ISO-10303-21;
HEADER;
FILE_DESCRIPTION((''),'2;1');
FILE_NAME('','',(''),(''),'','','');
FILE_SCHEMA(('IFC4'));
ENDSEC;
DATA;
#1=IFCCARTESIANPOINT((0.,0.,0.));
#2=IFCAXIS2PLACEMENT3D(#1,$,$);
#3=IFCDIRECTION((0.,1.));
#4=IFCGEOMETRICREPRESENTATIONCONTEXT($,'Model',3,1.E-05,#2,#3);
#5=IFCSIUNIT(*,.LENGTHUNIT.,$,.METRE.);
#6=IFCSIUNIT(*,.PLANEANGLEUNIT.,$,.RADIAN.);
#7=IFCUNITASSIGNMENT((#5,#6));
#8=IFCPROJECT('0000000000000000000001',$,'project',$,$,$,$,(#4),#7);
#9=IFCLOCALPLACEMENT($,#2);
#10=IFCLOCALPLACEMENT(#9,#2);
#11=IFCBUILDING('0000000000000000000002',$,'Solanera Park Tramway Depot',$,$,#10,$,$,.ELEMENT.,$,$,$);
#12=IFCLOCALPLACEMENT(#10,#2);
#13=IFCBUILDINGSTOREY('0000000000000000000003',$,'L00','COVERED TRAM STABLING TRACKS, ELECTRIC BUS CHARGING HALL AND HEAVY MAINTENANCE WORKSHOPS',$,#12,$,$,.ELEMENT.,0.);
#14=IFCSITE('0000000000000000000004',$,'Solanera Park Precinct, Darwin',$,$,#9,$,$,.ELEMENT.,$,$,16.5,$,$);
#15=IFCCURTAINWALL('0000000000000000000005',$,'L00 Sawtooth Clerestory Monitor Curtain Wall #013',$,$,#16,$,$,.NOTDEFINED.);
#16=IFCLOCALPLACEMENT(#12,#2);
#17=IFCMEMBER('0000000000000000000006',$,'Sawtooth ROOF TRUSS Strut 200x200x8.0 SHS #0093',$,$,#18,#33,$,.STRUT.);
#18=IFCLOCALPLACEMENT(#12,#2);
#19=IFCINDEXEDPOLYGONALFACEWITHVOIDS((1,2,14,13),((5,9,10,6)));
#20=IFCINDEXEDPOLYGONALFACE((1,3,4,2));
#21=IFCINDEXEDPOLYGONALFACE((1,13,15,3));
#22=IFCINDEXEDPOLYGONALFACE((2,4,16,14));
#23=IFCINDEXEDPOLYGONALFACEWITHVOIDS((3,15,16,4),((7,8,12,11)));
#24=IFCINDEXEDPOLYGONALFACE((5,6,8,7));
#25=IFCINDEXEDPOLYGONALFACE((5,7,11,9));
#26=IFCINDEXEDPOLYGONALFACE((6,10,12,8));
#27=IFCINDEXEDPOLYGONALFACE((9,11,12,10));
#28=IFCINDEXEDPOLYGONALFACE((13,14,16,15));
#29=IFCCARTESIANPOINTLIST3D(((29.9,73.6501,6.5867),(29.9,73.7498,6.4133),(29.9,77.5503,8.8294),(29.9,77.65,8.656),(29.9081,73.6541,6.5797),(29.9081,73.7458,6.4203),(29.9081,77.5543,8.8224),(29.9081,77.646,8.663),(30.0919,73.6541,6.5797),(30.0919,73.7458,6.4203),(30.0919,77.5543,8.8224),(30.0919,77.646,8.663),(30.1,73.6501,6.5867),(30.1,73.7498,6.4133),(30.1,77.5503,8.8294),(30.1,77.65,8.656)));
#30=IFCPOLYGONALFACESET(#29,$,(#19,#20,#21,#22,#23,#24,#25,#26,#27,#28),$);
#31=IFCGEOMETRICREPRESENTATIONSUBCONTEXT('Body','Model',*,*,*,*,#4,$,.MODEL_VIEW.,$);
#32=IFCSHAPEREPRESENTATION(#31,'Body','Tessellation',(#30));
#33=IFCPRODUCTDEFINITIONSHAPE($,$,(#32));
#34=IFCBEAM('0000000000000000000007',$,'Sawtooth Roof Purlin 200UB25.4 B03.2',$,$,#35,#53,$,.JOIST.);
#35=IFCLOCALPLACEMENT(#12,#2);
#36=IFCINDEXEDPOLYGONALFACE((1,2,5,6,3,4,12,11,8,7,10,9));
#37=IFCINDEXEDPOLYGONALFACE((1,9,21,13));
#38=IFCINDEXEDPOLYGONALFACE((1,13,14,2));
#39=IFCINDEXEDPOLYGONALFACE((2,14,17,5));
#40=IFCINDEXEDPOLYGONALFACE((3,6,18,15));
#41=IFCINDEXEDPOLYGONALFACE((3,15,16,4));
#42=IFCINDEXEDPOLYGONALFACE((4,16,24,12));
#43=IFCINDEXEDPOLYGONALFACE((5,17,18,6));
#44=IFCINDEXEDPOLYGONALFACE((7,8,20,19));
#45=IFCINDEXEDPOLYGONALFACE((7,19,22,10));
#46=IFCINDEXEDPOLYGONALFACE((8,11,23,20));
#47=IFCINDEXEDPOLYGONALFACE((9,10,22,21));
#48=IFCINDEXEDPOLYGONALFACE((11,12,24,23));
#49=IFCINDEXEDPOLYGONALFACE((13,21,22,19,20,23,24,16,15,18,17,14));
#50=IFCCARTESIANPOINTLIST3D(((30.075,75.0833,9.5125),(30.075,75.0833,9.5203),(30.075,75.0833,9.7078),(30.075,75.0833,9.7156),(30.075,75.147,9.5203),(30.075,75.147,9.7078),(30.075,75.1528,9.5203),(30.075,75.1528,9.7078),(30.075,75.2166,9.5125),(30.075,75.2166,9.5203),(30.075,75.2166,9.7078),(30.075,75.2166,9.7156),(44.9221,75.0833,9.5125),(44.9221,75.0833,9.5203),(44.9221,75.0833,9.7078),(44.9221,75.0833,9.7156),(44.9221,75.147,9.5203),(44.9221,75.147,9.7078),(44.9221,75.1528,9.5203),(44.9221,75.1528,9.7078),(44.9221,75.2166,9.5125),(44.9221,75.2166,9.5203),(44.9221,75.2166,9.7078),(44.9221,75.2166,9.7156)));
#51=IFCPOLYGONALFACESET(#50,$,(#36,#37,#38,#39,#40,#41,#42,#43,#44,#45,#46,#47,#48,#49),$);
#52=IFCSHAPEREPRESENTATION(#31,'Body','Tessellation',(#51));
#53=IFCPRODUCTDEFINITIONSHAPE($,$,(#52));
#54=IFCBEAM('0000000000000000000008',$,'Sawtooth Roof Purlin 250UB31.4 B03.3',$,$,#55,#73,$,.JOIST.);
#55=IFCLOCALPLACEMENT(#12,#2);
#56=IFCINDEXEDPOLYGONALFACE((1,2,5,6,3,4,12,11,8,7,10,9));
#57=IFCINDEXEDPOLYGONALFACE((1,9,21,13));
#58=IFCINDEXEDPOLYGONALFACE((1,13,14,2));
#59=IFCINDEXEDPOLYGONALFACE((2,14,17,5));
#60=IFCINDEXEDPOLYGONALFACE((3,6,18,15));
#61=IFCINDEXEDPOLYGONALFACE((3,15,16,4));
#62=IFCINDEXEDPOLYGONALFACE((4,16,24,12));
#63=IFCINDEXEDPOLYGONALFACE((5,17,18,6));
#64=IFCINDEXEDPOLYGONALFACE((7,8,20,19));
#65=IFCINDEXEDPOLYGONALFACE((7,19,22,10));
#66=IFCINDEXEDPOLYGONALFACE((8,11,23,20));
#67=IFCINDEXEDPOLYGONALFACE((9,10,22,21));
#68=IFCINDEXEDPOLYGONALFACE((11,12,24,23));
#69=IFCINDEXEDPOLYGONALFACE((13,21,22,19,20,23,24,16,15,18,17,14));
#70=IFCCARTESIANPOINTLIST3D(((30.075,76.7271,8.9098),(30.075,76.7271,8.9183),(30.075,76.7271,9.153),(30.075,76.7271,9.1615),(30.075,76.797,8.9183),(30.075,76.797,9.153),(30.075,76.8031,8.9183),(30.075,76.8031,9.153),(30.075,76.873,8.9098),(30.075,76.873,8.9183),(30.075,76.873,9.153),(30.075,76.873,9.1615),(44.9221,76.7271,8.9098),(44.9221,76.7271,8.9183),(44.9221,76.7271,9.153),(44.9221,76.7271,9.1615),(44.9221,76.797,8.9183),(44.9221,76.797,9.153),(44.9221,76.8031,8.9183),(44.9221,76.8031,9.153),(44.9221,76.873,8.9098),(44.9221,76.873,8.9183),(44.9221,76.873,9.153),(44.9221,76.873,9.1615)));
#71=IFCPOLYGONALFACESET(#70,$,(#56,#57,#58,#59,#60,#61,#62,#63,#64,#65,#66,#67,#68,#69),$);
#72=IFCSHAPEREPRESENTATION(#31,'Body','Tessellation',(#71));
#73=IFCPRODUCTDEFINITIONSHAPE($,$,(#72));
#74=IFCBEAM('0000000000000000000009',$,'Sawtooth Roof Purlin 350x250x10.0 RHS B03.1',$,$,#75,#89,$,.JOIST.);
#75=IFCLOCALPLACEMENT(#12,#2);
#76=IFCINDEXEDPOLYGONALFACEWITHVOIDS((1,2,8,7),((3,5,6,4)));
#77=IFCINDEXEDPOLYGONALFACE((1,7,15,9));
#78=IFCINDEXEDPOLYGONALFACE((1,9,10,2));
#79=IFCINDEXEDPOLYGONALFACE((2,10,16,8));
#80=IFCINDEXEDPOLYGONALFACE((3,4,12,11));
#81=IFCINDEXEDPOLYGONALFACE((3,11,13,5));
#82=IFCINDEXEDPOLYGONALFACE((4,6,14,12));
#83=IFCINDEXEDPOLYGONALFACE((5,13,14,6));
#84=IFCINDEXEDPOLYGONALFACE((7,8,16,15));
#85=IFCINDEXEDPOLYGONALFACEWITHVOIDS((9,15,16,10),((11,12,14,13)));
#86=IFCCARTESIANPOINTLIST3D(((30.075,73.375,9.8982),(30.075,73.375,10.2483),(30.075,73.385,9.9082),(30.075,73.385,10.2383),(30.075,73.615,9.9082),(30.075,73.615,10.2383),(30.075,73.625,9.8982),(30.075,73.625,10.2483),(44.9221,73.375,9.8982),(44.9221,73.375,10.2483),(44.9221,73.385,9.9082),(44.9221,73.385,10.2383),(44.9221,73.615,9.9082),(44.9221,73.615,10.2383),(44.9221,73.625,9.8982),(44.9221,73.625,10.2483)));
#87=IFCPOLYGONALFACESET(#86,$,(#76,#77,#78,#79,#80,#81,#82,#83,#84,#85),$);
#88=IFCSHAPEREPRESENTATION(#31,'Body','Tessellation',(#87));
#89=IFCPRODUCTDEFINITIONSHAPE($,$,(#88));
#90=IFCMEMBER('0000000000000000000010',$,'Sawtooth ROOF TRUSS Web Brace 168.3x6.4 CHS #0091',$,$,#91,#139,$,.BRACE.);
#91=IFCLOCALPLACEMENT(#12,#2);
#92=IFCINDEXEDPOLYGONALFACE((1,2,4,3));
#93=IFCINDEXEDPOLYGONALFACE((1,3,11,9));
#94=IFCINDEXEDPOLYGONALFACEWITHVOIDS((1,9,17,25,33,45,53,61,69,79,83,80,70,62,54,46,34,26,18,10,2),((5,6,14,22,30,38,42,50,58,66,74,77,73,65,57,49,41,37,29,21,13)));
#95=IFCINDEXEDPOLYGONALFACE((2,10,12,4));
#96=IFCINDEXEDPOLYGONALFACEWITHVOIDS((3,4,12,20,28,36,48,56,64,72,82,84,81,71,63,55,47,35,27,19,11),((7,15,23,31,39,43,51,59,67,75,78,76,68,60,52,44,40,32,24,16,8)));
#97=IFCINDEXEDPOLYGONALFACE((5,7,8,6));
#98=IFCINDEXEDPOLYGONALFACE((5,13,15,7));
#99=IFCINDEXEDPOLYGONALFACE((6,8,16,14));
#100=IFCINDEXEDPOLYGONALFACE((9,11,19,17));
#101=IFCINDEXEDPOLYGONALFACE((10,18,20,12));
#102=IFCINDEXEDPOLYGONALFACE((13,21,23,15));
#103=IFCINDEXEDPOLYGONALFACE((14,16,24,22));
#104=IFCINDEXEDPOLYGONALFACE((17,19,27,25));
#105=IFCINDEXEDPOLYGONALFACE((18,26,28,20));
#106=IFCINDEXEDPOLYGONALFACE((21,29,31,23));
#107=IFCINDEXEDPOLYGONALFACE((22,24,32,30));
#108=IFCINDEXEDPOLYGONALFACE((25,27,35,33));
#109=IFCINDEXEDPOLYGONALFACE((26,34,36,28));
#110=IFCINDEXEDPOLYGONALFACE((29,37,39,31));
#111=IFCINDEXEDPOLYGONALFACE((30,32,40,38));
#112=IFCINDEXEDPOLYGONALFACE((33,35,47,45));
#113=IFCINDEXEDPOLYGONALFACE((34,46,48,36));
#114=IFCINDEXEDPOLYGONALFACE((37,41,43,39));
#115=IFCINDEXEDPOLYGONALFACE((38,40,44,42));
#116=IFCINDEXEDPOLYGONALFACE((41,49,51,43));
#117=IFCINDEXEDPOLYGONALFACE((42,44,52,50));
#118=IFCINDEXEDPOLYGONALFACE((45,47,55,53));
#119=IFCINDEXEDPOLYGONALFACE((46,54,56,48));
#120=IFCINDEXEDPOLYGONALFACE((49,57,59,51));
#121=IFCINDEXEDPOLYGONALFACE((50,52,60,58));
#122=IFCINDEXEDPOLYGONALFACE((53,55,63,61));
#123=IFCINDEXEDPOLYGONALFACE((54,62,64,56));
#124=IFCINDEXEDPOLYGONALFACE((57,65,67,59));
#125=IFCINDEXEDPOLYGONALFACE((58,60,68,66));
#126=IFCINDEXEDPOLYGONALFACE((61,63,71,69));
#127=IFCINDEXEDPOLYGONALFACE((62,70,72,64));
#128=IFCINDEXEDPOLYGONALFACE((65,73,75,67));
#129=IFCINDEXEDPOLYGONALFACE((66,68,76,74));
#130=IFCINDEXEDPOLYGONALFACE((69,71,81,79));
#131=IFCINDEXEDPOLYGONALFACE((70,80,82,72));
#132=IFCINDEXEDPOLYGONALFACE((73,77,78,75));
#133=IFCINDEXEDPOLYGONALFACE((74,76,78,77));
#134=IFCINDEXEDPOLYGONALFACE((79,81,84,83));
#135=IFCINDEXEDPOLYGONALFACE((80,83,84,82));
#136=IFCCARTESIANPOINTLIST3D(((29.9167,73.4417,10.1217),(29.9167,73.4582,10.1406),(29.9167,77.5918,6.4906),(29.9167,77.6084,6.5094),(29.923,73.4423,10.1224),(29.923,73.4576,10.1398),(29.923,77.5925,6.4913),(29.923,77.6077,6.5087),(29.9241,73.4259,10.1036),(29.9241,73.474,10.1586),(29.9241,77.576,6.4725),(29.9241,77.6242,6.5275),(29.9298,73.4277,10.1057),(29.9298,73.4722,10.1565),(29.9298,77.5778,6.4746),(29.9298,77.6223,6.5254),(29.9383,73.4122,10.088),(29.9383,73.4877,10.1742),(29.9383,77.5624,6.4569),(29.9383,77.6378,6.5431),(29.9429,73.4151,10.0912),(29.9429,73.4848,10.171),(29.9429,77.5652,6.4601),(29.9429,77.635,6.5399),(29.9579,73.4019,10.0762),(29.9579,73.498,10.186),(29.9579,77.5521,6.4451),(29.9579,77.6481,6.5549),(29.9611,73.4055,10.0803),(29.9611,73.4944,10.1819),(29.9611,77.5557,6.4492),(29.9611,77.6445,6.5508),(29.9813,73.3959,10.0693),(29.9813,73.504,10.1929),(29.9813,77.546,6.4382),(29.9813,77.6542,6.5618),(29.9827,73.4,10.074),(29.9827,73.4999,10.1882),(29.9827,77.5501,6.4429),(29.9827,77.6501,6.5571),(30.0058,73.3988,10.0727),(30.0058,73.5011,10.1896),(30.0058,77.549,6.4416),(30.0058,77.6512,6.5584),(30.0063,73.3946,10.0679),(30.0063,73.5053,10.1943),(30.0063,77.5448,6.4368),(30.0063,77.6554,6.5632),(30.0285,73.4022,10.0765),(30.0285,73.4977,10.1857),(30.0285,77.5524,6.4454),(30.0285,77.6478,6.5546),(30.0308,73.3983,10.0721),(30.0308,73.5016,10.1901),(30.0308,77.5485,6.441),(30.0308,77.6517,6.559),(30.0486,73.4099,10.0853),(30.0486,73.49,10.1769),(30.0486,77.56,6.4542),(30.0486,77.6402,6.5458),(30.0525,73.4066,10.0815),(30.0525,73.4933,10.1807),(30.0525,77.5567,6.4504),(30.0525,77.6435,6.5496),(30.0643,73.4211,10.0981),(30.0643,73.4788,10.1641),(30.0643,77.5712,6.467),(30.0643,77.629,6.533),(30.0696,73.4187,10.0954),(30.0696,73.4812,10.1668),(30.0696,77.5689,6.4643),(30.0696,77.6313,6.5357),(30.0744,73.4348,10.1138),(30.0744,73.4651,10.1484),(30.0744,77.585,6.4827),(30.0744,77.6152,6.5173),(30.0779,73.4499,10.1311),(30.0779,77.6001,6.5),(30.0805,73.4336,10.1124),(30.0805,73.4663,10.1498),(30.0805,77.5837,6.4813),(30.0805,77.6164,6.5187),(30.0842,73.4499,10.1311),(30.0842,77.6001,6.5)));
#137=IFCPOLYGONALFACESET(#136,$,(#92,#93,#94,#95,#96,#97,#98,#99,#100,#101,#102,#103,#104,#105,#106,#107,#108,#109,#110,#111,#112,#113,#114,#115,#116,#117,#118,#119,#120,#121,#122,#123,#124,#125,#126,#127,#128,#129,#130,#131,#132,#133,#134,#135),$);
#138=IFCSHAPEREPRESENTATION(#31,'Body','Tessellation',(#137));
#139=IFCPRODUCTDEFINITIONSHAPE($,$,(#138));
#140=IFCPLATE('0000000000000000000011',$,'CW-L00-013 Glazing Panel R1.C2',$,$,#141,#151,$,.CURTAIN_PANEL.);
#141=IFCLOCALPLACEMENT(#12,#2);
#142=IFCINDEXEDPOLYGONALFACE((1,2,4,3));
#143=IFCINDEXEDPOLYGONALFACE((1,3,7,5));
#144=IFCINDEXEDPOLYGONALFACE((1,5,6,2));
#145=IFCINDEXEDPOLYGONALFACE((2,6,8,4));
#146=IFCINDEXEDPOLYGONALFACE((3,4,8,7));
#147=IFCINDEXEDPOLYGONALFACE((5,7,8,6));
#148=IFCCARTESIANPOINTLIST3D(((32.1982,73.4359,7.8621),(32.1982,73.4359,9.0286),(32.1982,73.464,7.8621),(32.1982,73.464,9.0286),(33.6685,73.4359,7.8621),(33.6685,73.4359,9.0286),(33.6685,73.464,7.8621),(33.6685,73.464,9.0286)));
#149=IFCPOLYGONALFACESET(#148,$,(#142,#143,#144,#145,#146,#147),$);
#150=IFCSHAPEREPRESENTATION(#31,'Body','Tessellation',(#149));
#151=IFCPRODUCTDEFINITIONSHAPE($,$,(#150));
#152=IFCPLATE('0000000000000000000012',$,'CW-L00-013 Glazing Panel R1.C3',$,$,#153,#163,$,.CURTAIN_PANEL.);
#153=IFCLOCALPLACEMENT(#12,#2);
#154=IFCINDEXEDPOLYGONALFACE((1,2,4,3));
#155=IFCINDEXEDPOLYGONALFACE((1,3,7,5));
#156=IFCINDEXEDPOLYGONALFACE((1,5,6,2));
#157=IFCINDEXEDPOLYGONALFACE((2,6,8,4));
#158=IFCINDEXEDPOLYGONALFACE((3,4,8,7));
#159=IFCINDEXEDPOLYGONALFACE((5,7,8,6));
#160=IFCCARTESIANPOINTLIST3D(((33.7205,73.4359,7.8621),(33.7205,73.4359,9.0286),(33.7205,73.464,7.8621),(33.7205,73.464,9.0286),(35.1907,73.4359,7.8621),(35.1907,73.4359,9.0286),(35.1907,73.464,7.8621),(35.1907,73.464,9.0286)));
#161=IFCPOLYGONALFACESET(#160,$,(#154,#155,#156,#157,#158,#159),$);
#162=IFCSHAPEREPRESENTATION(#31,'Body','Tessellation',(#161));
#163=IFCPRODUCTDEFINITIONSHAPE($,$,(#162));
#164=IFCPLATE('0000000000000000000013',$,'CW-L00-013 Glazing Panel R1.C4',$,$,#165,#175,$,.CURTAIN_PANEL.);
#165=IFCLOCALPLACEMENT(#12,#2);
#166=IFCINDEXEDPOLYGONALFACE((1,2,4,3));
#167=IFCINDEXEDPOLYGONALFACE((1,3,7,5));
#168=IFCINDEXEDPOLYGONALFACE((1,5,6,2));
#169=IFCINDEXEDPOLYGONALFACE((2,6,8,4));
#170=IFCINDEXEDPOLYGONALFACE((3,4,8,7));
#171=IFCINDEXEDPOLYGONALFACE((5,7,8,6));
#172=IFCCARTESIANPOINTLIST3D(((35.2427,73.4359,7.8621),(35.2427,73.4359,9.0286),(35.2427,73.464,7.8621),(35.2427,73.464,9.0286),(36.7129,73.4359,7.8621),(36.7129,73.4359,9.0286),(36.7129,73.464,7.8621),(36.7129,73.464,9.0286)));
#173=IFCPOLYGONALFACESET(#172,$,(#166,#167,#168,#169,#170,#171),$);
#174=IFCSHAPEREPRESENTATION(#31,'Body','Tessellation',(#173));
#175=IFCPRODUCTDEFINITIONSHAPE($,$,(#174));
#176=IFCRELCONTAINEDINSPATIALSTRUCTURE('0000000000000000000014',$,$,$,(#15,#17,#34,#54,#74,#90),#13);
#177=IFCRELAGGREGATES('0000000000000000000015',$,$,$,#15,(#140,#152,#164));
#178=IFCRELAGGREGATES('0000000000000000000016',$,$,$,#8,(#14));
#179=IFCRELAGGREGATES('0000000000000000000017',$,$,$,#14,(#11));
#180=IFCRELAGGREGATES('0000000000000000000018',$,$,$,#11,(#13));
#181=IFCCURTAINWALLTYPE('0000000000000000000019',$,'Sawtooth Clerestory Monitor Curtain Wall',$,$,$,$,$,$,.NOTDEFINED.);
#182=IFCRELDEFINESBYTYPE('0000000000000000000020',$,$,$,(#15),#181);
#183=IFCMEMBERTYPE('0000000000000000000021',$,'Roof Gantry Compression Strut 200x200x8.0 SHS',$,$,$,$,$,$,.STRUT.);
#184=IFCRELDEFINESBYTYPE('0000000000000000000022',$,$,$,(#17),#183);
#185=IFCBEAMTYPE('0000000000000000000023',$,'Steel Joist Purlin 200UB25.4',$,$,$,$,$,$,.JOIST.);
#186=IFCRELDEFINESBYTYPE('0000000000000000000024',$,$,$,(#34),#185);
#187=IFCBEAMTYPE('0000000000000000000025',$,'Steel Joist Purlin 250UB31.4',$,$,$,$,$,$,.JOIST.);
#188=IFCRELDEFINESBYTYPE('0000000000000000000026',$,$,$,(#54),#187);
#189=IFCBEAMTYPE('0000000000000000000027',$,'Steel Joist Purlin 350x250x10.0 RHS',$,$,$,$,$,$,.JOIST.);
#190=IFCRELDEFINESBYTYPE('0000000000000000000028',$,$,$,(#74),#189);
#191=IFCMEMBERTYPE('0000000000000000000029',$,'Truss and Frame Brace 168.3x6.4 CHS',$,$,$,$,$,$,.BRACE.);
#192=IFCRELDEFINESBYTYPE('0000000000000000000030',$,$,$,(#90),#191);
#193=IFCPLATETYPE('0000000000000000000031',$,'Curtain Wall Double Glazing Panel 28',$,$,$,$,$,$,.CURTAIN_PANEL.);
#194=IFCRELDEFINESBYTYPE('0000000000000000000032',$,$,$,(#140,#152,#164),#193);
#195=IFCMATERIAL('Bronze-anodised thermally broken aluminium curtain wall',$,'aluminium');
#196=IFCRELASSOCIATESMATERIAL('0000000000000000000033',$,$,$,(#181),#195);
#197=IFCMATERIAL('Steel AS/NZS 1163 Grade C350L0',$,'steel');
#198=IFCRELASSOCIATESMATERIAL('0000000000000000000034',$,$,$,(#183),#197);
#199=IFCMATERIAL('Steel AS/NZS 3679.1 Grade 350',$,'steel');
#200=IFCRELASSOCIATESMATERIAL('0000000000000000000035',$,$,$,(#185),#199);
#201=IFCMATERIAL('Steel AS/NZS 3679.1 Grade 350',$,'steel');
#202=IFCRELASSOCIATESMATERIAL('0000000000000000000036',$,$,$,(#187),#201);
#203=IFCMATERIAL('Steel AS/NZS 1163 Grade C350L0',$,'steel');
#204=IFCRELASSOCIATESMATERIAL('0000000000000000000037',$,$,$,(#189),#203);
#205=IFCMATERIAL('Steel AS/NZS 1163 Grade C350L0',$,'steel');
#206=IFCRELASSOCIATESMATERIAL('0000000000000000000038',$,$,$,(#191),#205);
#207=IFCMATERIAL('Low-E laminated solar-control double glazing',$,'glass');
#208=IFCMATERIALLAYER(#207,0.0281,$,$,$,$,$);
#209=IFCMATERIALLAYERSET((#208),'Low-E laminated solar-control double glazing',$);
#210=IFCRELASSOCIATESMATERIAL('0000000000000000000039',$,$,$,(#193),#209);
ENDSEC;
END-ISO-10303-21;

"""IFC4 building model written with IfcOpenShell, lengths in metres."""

from ifc_helpers import new_model, si_unit, direction, frame, origin, origin_2d, place, context, subcontext, project, spatial, rectangle, hollow_rectangle, hollow_circle, i_section, extrude, material, layer, layer_set, material_profile, profile_set, type_object, element, aggregate, save


model = new_model("IFC4")

# Units and contexts
model_context = context("Model", 3, precision=1e-05, world=origin(), true_north=direction((0.0, 1.0)))
body_context = subcontext(model_context, "Body", "Model", "MODEL_VIEW")
ifc_project = project(units=[si_unit("LENGTHUNIT", "METRE"), si_unit("PLANEANGLEUNIT", "RADIAN")], contexts=[model_context])

# Site, building, storey
site_placement = place(None, origin())
site = spatial("IfcSite", under=ifc_project, at=site_placement, Name="Solanera Park Precinct, Darwin", CompositionType="ELEMENT", RefElevation=16.5)
building_placement = place(site_placement, origin())
building = spatial("IfcBuilding", under=site, at=building_placement, Name="Solanera Park Tramway Depot", CompositionType="ELEMENT")
storey_placement = place(building_placement, origin())
storey = spatial("IfcBuildingStorey", under=building, at=storey_placement, Name="L00", Description="COVERED TRAM STABLING TRACKS, ELECTRIC BUS CHARGING HALL AND HEAVY MAINTENANCE WORKSHOPS", CompositionType="ELEMENT", Elevation=0.0)

# Curtain wall
ifc_material_1 = material(Name="Bronze-anodised thermally broken aluminium curtain wall", Category="aluminium")
curtain_wall_type = type_object("IfcCurtainWallType", Name="Sawtooth Clerestory Monitor Curtain Wall", PredefinedType="NOTDEFINED", material=ifc_material_1)
curtain_wall_placement = place(storey_placement, origin())
curtain_wall = element("IfcCurtainWall", 1, at=curtain_wall_placement, inside=storey, type_object=curtain_wall_type, Name="L00 Sawtooth Clerestory Monitor Curtain Wall #013", PredefinedType="NOTDEFINED")

# Member
ifc_material_2 = material(Name="Steel AS/NZS 1163 Grade C350L0", Category="steel")
ifc_material_profile_1 = material_profile(ifc_material_2, hollow_rectangle(XDim=0.2, YDim=0.2, WallThickness=0.0081, at=origin_2d()), Name="200x200x8.0 SHS")
ifc_profile_set_1 = profile_set([ifc_material_profile_1], Name="Steel AS/NZS 1163 Grade C350L0")
member_type_1 = type_object("IfcMemberType", Name="Roof Gantry Compression Strut 200x200x8.0 SHS", PredefinedType="STRUT", material=ifc_profile_set_1)
member_1_placement = place(storey_placement, frame((30.0, 73.7, 6.5), z_axis=(0.0, 0.866898, 0.498486), x_axis=(-1.0, 0.0, 0.0)))
element("IfcMember", 2, at=member_1_placement, inside=storey, type_object=member_type_1, Name="Sawtooth ROOF TRUSS Strut 200x200x8.0 SHS #0093", PredefinedType="STRUT", context=body_context, shape_type="SweptSolid", body=[
    extrude(hollow_rectangle(XDim=0.2, YDim=0.2, WallThickness=0.0081, at=origin_2d()), origin(), (0.0, 0.0, 1.0), 4.499),
])

# Beams
ifc_material_3 = material(Name="Steel AS/NZS 3679.1 Grade 350", Category="steel")
ifc_material_profile_2 = material_profile(ifc_material_3, i_section(OverallWidth=0.1333, OverallDepth=0.2031, WebThickness=0.0059, FlangeThickness=0.0078, at=origin_2d()), Name="200UB25.4")
ifc_profile_set_2 = profile_set([ifc_material_profile_2], Name="Steel AS/NZS 3679.1 Grade 350")
beam_type_1 = type_object("IfcBeamType", Name="Steel Joist Purlin 200UB25.4", PredefinedType="JOIST", material=ifc_profile_set_2)
beam_1_placement = place(storey_placement, frame((30.075, 75.1499, 9.614), z_axis=(1.0, 0.0, 0.0), x_axis=(0.0, 1.0, 0.0)))
element("IfcBeam", 3, at=beam_1_placement, inside=storey, type_object=beam_type_1, Name="Sawtooth Roof Purlin 200UB25.4 B03.2", PredefinedType="JOIST", context=body_context, shape_type="SweptSolid", body=[
    extrude(i_section(OverallWidth=0.1333, OverallDepth=0.2031, WebThickness=0.0059, FlangeThickness=0.0078, at=origin_2d()), origin(), (0.0, 0.0, 1.0), 14.8472),
])
ifc_material_4 = material(Name="Steel AS/NZS 3679.1 Grade 350", Category="steel")
ifc_material_profile_3 = material_profile(ifc_material_4, i_section(OverallWidth=0.146, OverallDepth=0.2517, WebThickness=0.0061, FlangeThickness=0.0085, at=origin_2d()), Name="250UB31.4")
ifc_profile_set_3 = profile_set([ifc_material_profile_3], Name="Steel AS/NZS 3679.1 Grade 350")
beam_type_2 = type_object("IfcBeamType", Name="Steel Joist Purlin 250UB31.4", PredefinedType="JOIST", material=ifc_profile_set_3)
beam_2_placement = place(storey_placement, frame((30.075, 76.8, 9.0356), z_axis=(1.0, 0.0, 0.0), x_axis=(0.0, 1.0, 0.0)))
element("IfcBeam", 4, at=beam_2_placement, inside=storey, type_object=beam_type_2, Name="Sawtooth Roof Purlin 250UB31.4 B03.3", PredefinedType="JOIST", context=body_context, shape_type="SweptSolid", body=[
    extrude(i_section(OverallWidth=0.146, OverallDepth=0.2517, WebThickness=0.0061, FlangeThickness=0.0085, at=origin_2d()), origin(), (0.0, 0.0, 1.0), 14.8472),
])
ifc_material_5 = material(Name="Steel AS/NZS 1163 Grade C350L0", Category="steel")
ifc_material_profile_4 = material_profile(ifc_material_5, hollow_rectangle(XDim=0.25, YDim=0.3501, WallThickness=0.01, at=origin_2d()), Name="350x250x10.0 RHS")
ifc_profile_set_4 = profile_set([ifc_material_profile_4], Name="Steel AS/NZS 1163 Grade C350L0")
beam_type_3 = type_object("IfcBeamType", Name="Steel Joist Purlin 350x250x10.0 RHS", PredefinedType="JOIST", material=ifc_profile_set_4)
beam_3_placement = place(storey_placement, frame((30.075, 73.5, 10.0732), z_axis=(1.0, 0.0, 0.0), x_axis=(0.0, 1.0, 0.0)))
element("IfcBeam", 5, at=beam_3_placement, inside=storey, type_object=beam_type_3, Name="Sawtooth Roof Purlin 350x250x10.0 RHS B03.1", PredefinedType="JOIST", context=body_context, shape_type="SweptSolid", body=[
    extrude(hollow_rectangle(XDim=0.25, YDim=0.3501, WallThickness=0.01, at=origin_2d()), origin(), (0.0, 0.0, 1.0), 14.8472),
])

# Member
ifc_material_6 = material(Name="Steel AS/NZS 1163 Grade C350L0", Category="steel")
ifc_material_profile_5 = material_profile(ifc_material_6, hollow_circle(Radius=0.0842, WallThickness=0.0063, at=origin_2d()), Name="168.3x6.4 CHS")
ifc_profile_set_5 = profile_set([ifc_material_profile_5], Name="Steel AS/NZS 1163 Grade C350L0")
member_type_2 = type_object("IfcMemberType", Name="Truss and Frame Brace 168.3x6.4 CHS", PredefinedType="BRACE", material=ifc_profile_set_5)
member_2_placement = place(storey_placement, frame((30.0, 77.6001, 6.5), z_axis=(0.0, -0.752601, 0.658476), x_axis=(1.0, 0.0, 0.0)))
element("IfcMember", 6, at=member_2_placement, inside=storey, type_object=member_type_2, Name="Sawtooth ROOF TRUSS Web Brace 168.3x6.4 CHS #0091", PredefinedType="BRACE", context=body_context, shape_type="SweptSolid", body=[
    extrude(hollow_circle(Radius=0.0842, WallThickness=0.0063, at=origin_2d()), origin(), (0.0, 0.0, 1.0), 5.5144),
])

# Plates
ifc_material_7 = material(Name="Low-E laminated solar-control double glazing", Category="glass")
ifc_layer_1 = layer(ifc_material_7, 0.0281)
ifc_layer_set_1 = layer_set([ifc_layer_1], Name="Low-E laminated solar-control double glazing")
plate_type_1 = type_object("IfcPlateType", Name="Curtain Wall Double Glazing Panel 28", PredefinedType="CURTAIN_PANEL", material=ifc_layer_set_1)
plate_1_placement = place(storey_placement, frame((32.9333, 73.45, 7.8621), z_axis=(0.0, 0.0, 1.0), x_axis=(1.0, 0.0, 0.0)))
plate_1 = element("IfcPlate", 7, at=plate_1_placement, type_object=plate_type_1, Name="CW-L00-013 Glazing Panel R1.C2", PredefinedType="CURTAIN_PANEL", context=body_context, shape_type="SweptSolid", body=[
    extrude(rectangle(XDim=1.4702, YDim=0.0281, at=origin_2d()), origin(), (0.0, 0.0, 1.0), 1.1665),
])
plate_2_placement = place(storey_placement, frame((34.4556, 73.45, 7.8621), z_axis=(0.0, 0.0, 1.0), x_axis=(1.0, 0.0, 0.0)))
plate_2 = element("IfcPlate", 8, at=plate_2_placement, type_object=plate_type_1, Name="CW-L00-013 Glazing Panel R1.C3", PredefinedType="CURTAIN_PANEL", context=body_context, shape_type="SweptSolid", body=[
    extrude(rectangle(XDim=1.4702, YDim=0.0281, at=origin_2d()), origin(), (0.0, 0.0, 1.0), 1.1665),
])
plate_3_placement = place(storey_placement, frame((35.9778, 73.45, 7.8621), z_axis=(0.0, 0.0, 1.0), x_axis=(1.0, 0.0, 0.0)))
plate_3 = element("IfcPlate", 9, at=plate_3_placement, type_object=plate_type_1, Name="CW-L00-013 Glazing Panel R1.C4", PredefinedType="CURTAIN_PANEL", context=body_context, shape_type="SweptSolid", body=[
    extrude(rectangle(XDim=1.4702, YDim=0.0281, at=origin_2d()), origin(), (0.0, 0.0, 1.0), 1.1665),
])
aggregate(curtain_wall, [plate_1, plate_2, plate_3])

save(model, "model.ifc")
